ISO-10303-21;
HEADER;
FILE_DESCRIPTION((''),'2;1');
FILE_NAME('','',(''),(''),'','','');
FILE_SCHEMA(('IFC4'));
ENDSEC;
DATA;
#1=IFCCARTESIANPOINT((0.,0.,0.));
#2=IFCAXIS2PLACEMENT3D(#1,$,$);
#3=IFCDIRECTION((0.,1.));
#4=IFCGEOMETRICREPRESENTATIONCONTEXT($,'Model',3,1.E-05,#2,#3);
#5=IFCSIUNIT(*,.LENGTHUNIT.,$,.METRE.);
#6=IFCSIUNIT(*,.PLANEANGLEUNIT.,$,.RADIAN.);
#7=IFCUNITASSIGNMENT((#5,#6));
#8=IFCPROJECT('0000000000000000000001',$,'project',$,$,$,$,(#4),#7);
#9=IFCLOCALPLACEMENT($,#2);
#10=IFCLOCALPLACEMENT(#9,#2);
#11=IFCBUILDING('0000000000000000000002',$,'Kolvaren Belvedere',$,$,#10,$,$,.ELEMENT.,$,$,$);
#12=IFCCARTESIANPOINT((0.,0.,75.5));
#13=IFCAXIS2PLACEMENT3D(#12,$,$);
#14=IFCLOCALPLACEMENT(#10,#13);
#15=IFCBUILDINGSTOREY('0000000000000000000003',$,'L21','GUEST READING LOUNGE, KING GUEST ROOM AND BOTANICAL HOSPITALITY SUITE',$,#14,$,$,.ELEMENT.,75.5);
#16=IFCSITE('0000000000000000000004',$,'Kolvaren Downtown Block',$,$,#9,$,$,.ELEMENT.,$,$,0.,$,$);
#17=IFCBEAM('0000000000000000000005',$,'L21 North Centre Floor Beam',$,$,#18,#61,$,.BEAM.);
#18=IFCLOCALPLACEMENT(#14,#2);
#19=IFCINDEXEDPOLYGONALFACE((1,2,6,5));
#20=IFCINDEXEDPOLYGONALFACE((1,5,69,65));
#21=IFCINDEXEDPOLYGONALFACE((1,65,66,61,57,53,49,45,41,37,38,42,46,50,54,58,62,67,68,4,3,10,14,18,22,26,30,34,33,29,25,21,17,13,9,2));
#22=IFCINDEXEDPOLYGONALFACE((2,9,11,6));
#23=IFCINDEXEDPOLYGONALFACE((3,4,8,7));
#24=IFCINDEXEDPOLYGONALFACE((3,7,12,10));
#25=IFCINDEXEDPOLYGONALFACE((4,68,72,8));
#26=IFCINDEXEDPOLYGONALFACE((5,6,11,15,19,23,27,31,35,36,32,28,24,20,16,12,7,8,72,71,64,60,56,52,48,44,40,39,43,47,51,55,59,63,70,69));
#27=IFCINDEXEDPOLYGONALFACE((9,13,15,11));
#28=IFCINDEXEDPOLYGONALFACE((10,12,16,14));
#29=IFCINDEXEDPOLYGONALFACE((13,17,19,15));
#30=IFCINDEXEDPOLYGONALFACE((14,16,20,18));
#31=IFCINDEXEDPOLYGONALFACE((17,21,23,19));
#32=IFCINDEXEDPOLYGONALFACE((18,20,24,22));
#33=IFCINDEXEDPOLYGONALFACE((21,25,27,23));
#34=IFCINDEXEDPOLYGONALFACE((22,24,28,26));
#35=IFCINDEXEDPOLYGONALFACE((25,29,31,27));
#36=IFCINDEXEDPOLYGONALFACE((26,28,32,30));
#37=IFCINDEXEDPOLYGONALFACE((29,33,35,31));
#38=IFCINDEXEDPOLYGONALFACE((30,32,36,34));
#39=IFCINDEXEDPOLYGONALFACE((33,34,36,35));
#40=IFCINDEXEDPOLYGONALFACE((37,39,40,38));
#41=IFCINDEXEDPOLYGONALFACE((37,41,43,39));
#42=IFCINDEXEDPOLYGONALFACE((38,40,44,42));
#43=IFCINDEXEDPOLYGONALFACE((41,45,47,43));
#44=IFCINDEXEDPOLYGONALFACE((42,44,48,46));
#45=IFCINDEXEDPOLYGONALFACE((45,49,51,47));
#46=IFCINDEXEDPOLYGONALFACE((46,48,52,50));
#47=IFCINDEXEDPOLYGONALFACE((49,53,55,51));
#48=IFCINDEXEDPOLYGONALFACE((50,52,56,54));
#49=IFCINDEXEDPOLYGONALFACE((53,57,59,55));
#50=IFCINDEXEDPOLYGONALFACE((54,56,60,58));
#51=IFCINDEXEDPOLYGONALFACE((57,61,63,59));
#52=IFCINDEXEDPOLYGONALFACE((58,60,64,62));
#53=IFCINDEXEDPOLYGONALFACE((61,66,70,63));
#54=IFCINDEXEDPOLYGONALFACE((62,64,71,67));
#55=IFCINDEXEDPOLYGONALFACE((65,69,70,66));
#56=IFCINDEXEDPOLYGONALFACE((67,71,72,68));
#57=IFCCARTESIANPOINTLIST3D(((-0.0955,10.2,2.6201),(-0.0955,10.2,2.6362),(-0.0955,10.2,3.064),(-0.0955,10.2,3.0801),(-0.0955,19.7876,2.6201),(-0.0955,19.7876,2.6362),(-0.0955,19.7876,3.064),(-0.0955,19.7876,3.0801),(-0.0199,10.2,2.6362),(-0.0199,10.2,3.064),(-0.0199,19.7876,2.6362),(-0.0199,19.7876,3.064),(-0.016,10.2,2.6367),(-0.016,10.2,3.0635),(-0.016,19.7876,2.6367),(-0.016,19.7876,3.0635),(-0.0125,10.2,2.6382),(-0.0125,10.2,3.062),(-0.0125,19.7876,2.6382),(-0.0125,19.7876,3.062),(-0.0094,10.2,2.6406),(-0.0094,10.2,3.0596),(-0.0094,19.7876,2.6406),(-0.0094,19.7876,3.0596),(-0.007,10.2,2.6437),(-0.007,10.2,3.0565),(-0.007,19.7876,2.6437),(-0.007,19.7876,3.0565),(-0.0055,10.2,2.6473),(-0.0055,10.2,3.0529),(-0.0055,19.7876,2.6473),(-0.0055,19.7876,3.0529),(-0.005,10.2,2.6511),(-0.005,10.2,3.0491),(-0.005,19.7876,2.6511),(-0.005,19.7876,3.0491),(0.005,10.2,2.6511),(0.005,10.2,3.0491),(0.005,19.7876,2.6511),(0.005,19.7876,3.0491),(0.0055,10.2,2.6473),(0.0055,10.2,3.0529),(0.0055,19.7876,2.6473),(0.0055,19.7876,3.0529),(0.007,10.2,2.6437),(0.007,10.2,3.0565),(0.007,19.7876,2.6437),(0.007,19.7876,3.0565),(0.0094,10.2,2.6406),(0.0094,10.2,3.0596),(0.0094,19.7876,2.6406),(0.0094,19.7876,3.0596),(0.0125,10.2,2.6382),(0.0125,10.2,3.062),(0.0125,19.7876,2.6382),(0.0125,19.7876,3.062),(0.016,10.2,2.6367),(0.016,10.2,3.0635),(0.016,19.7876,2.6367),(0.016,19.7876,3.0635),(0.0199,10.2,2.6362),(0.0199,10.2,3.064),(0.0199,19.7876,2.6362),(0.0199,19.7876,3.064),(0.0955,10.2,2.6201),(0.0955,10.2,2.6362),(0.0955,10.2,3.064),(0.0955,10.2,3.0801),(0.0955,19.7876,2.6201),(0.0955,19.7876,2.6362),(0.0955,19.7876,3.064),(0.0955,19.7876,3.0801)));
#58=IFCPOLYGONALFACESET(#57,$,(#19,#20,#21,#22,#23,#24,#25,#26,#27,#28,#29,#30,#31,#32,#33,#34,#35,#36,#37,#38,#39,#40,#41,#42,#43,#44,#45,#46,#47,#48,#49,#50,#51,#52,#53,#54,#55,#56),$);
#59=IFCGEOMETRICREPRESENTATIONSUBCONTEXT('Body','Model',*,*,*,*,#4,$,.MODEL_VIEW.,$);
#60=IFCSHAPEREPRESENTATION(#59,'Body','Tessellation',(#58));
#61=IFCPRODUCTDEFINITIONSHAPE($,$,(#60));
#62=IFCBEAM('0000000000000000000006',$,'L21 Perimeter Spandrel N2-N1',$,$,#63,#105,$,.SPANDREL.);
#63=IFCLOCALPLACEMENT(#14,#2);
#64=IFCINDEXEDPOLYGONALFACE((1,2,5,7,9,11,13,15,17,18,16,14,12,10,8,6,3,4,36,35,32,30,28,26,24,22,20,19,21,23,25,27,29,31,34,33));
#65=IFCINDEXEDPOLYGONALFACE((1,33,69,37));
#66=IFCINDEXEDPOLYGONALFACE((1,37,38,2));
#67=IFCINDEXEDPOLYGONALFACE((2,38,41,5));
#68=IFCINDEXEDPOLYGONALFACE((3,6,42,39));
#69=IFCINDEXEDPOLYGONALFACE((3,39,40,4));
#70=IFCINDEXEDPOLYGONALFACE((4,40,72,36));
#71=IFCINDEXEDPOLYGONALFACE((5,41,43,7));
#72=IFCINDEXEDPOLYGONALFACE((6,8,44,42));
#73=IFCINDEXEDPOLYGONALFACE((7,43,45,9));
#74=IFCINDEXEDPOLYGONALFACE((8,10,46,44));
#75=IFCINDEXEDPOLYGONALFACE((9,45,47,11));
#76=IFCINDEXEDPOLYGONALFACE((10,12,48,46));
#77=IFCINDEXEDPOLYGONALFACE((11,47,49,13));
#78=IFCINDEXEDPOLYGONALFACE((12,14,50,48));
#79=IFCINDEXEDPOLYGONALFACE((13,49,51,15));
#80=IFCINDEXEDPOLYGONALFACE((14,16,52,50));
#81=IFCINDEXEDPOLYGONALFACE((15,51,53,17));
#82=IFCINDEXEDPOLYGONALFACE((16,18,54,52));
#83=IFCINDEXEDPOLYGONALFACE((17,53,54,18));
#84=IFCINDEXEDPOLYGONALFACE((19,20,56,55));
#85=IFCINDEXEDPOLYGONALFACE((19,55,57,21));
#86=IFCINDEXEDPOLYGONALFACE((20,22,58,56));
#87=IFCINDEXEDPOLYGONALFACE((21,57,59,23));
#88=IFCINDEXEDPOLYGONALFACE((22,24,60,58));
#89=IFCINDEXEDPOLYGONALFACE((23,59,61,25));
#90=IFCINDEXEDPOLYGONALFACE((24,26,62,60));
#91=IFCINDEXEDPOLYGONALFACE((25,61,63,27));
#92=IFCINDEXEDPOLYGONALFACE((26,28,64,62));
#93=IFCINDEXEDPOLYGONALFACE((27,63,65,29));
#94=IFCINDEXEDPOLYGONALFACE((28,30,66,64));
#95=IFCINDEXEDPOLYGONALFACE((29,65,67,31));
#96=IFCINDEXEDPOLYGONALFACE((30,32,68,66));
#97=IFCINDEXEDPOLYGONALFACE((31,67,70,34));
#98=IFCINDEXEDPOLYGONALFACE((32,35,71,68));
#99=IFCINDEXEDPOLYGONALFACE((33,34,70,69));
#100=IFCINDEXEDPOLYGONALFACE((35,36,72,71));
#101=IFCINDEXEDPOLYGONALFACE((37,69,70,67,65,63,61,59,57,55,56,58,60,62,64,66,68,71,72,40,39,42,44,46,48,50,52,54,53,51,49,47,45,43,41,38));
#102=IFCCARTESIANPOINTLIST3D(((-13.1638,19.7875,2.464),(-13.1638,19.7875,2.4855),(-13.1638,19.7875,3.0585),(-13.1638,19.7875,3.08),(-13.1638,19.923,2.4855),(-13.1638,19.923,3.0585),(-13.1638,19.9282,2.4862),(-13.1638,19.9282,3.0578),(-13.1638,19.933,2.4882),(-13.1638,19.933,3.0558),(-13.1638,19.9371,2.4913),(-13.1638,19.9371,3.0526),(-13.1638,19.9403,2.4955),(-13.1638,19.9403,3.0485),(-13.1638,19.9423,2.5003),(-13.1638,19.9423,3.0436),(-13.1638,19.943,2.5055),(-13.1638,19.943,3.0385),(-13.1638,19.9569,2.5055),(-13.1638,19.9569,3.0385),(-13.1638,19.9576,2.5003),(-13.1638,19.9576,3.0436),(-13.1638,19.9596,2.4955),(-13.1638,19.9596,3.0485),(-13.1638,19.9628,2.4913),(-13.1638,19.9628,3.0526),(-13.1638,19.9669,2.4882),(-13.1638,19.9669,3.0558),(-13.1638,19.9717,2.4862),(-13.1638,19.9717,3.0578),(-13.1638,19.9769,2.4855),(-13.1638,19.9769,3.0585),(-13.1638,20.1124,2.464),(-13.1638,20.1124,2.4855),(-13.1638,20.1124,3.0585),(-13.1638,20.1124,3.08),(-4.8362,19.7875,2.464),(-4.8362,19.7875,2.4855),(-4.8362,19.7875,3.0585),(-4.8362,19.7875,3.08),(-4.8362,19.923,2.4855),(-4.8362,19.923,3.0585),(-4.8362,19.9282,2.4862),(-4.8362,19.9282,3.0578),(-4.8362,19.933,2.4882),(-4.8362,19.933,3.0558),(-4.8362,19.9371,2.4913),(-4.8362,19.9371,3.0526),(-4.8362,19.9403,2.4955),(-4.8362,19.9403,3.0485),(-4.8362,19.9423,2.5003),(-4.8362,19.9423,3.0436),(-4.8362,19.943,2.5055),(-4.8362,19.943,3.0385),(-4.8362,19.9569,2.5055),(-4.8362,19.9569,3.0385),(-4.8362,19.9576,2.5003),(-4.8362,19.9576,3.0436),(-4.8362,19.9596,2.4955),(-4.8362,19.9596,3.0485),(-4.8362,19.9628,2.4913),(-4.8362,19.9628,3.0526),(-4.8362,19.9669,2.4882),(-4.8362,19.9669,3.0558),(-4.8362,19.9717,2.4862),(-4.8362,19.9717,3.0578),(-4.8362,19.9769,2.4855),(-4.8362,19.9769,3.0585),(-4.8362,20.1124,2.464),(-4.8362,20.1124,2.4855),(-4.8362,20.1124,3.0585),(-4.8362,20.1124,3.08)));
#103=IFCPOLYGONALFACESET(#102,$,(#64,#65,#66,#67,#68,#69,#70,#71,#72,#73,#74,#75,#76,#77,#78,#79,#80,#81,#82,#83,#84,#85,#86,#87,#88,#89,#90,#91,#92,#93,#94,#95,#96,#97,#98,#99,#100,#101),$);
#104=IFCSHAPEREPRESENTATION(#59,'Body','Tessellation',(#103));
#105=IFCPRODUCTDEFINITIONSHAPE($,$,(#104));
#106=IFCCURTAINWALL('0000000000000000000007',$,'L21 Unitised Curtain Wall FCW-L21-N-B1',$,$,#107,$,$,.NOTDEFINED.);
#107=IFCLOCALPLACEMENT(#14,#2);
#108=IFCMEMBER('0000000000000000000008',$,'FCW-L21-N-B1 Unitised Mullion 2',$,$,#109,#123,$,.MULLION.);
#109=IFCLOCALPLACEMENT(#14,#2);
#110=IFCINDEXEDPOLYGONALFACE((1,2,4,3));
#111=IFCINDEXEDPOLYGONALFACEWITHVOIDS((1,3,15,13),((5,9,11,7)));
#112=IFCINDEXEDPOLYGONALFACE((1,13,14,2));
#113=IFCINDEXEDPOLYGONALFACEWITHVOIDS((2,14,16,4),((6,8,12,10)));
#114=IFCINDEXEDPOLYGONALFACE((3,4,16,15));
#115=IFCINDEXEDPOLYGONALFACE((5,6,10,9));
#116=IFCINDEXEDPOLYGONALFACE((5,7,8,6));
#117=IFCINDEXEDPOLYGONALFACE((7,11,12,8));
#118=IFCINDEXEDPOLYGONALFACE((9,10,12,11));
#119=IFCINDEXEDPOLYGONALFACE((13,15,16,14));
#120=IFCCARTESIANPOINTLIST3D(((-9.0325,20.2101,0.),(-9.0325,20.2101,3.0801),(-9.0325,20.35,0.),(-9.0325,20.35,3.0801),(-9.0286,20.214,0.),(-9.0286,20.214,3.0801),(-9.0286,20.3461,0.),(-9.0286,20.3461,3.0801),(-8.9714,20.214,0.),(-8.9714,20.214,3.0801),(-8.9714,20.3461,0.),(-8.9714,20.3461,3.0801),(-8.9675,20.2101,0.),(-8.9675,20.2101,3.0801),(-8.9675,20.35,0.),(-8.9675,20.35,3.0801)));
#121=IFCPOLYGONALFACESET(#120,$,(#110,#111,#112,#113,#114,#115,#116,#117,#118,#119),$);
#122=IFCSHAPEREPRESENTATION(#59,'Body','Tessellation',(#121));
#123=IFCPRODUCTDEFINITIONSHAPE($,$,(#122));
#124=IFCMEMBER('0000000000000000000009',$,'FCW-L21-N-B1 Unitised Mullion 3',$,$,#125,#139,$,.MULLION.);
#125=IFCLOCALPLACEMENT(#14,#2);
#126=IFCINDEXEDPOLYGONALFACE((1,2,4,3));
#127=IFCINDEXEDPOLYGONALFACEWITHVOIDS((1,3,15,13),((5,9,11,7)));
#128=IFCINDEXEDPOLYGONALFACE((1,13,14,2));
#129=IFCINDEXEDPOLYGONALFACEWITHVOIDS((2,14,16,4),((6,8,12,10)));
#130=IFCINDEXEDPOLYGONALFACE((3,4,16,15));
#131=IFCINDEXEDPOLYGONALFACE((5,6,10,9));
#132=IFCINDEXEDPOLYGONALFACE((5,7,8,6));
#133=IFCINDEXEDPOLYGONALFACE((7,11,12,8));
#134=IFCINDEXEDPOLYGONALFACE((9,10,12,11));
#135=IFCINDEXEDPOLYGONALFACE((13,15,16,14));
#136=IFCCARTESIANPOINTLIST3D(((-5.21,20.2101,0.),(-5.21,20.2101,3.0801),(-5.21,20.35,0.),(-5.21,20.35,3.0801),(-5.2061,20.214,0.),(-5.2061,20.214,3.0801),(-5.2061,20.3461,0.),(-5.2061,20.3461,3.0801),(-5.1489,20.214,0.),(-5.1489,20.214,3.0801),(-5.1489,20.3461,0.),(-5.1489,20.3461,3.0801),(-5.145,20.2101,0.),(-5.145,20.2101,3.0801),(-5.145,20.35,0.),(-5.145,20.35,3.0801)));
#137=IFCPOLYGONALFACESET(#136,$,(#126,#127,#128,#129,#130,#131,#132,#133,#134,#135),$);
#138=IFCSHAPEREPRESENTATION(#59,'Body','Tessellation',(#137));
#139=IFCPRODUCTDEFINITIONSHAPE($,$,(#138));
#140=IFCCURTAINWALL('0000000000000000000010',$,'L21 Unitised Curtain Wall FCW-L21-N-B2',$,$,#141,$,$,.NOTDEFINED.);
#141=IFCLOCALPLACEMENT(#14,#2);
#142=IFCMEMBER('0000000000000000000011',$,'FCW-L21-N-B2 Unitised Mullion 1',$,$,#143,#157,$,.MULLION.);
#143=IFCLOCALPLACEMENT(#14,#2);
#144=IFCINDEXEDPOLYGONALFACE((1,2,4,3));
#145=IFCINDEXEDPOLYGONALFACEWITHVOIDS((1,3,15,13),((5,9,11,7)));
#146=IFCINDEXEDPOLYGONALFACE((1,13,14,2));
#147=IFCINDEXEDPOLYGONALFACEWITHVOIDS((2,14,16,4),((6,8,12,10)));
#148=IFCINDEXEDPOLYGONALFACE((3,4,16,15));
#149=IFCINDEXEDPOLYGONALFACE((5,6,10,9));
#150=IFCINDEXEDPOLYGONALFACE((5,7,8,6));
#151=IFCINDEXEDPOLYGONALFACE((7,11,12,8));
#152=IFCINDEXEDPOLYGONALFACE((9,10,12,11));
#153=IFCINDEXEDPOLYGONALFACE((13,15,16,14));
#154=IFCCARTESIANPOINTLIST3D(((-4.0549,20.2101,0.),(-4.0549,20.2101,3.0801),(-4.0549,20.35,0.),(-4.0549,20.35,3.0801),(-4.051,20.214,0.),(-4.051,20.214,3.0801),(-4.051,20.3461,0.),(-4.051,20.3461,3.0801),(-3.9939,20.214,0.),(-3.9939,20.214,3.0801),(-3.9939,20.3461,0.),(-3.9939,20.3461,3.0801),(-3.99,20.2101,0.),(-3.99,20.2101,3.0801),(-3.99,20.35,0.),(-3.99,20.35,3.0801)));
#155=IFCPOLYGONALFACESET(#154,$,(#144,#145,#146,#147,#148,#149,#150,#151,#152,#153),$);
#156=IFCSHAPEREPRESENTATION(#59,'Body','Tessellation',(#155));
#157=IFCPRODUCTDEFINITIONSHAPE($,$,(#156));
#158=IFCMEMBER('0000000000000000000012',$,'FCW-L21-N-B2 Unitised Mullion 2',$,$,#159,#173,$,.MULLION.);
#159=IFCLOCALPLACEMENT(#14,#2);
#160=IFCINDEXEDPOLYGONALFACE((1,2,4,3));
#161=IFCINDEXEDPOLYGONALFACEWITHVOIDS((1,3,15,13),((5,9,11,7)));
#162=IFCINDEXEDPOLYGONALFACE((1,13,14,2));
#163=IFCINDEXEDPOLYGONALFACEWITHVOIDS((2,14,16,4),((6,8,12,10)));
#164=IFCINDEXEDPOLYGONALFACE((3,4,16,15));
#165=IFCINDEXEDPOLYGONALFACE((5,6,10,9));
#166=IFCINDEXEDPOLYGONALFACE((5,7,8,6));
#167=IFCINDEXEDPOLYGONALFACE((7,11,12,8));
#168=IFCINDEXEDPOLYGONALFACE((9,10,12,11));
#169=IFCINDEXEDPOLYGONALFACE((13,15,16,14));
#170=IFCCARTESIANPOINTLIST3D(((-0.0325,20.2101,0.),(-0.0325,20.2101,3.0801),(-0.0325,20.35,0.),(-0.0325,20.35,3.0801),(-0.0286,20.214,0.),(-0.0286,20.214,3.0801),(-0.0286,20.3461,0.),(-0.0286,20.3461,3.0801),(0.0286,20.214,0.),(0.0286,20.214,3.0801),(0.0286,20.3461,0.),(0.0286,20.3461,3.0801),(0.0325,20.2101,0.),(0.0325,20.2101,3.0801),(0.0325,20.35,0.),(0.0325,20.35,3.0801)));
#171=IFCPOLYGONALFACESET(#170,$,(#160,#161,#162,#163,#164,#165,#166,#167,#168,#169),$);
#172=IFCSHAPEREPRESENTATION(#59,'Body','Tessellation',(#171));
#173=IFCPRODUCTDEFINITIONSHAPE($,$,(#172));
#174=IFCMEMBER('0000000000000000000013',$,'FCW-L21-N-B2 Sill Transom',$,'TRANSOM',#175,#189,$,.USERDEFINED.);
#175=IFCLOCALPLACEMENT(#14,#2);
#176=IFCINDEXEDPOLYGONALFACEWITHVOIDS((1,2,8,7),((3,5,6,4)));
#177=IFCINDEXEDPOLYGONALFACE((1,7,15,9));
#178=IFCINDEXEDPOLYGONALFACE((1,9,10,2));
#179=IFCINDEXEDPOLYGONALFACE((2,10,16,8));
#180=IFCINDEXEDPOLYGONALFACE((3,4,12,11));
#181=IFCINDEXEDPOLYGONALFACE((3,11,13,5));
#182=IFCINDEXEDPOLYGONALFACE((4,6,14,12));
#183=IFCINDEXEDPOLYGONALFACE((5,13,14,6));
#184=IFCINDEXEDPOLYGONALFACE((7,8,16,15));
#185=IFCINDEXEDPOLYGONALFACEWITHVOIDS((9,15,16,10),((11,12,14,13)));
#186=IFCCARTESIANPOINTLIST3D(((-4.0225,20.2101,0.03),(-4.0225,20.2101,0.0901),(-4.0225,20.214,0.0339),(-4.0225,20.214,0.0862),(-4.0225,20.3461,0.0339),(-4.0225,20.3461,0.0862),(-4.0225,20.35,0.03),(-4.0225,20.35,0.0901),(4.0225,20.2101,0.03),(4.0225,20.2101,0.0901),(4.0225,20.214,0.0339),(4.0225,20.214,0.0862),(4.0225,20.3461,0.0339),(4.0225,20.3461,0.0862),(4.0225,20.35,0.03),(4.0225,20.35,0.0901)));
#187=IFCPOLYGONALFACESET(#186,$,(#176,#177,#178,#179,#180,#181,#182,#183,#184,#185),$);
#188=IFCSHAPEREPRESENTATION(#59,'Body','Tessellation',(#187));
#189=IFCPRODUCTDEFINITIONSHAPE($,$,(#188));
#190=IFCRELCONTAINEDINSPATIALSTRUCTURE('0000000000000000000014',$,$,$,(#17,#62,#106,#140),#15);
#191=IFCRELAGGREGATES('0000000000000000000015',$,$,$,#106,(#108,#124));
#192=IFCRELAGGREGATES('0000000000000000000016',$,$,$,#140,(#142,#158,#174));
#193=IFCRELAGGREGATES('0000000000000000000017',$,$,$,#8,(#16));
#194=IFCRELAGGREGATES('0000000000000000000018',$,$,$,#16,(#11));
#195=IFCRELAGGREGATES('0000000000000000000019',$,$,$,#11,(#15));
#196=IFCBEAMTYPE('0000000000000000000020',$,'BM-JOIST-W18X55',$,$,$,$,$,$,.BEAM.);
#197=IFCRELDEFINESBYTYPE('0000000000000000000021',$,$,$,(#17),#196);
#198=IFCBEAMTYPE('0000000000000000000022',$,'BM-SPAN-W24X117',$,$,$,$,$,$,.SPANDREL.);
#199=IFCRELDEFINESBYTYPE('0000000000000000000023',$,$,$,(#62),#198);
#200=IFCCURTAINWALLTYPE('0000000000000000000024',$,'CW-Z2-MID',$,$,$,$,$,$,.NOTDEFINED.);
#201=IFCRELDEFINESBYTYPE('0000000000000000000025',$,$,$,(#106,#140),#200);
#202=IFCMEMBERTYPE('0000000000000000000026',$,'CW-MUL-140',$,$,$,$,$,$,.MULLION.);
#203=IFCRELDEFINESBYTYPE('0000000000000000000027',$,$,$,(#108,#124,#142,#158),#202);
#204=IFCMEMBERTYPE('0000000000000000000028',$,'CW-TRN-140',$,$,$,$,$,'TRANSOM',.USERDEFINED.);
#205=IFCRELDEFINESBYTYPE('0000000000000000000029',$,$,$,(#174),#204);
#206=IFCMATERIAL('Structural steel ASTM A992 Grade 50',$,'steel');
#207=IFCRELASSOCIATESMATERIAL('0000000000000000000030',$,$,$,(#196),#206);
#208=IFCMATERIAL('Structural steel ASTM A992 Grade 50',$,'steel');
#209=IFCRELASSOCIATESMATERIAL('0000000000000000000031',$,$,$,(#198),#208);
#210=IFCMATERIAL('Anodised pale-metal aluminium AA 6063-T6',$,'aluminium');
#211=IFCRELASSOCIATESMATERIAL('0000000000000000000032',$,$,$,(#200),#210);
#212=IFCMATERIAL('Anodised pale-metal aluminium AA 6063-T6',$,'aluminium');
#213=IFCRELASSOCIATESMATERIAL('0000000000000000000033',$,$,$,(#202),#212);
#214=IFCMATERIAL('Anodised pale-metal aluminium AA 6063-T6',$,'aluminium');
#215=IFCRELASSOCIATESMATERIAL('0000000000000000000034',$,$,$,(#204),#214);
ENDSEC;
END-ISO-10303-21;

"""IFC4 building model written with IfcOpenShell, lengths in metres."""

from ifc_helpers import new_model, si_unit, direction, frame, origin, origin_2d, place, context, subcontext, project, spatial, hollow_rectangle, i_section, extrude, material, material_profile, profile_set, type_object, element, aggregate, save


model = new_model("IFC4")

# Units and contexts
model_context = context("Model", 3, precision=1e-05, world=origin(), true_north=direction((0.0, 1.0)))
body_context = subcontext(model_context, "Body", "Model", "MODEL_VIEW")
ifc_project = project(units=[si_unit("LENGTHUNIT", "METRE"), si_unit("PLANEANGLEUNIT", "RADIAN")], contexts=[model_context])

# Site, building, storey
site_placement = place(None, origin())
site = spatial("IfcSite", under=ifc_project, at=site_placement, Name="Kolvaren Downtown Block", CompositionType="ELEMENT", RefElevation=0.0)
building_placement = place(site_placement, origin())
building = spatial("IfcBuilding", under=site, at=building_placement, Name="Kolvaren Belvedere", CompositionType="ELEMENT")
storey_placement = place(building_placement, frame((0.0, 0.0, 75.5)))
storey = spatial("IfcBuildingStorey", under=building, at=storey_placement, Name="L21", Description="GUEST READING LOUNGE, KING GUEST ROOM AND BOTANICAL HOSPITALITY SUITE", CompositionType="ELEMENT", Elevation=75.5)

# Beams
ifc_material_1 = material(Name="Structural steel ASTM A992 Grade 50", Category="steel")
ifc_material_profile_1 = material_profile(ifc_material_1, i_section(OverallWidth=0.1909, OverallDepth=0.46, WebThickness=0.01, FlangeThickness=0.0161, FilletRadius=0.0149, at=origin_2d()), Name="W18X55")
ifc_profile_set_1 = profile_set([ifc_material_profile_1], Name="Structural steel ASTM A992 Grade 50")
beam_type_1 = type_object("IfcBeamType", Name="BM-JOIST-W18X55", PredefinedType="BEAM", material=ifc_profile_set_1)
beam_1_placement = place(storey_placement, frame((0.0, 10.2, 2.8501), z_axis=(0.0, 1.0, 0.0), x_axis=(-1.0, 0.0, 0.0)))
element("IfcBeam", 1, at=beam_1_placement, inside=storey, type_object=beam_type_1, Name="L21 North Centre Floor Beam", PredefinedType="BEAM", context=body_context, shape_type="SweptSolid", body=[
    extrude(i_section(OverallWidth=0.1909, OverallDepth=0.46, WebThickness=0.01, FlangeThickness=0.0161, FilletRadius=0.0149, at=origin_2d()), origin(), (0.0, 0.0, 1.0), 9.5876),
])
ifc_material_2 = material(Name="Structural steel ASTM A992 Grade 50", Category="steel")
ifc_material_profile_2 = material_profile(ifc_material_2, i_section(OverallWidth=0.325, OverallDepth=0.616, WebThickness=0.0139, FlangeThickness=0.0215, FilletRadius=0.02, at=origin_2d()), Name="W24X117")
ifc_profile_set_2 = profile_set([ifc_material_profile_2], Name="Structural steel ASTM A992 Grade 50")
beam_type_2 = type_object("IfcBeamType", Name="BM-SPAN-W24X117", PredefinedType="SPANDREL", material=ifc_profile_set_2)
beam_2_placement = place(storey_placement, frame((-4.8362, 19.95, 2.772), z_axis=(-1.0, 0.0, 0.0), x_axis=(0.0, -1.0, 0.0)))
element("IfcBeam", 2, at=beam_2_placement, inside=storey, type_object=beam_type_2, Name="L21 Perimeter Spandrel N2-N1", PredefinedType="SPANDREL", context=body_context, shape_type="SweptSolid", body=[
    extrude(i_section(OverallWidth=0.325, OverallDepth=0.616, WebThickness=0.0139, FlangeThickness=0.0215, FilletRadius=0.02, at=origin_2d()), origin(), (0.0, 0.0, 1.0), 8.3276),
])

# Curtain walls, members
ifc_material_3 = material(Name="Anodised pale-metal aluminium AA 6063-T6", Category="aluminium")
curtain_wall_type = type_object("IfcCurtainWallType", Name="CW-Z2-MID", PredefinedType="NOTDEFINED", material=ifc_material_3)
curtain_wall_1_placement = place(storey_placement, origin())
curtain_wall_1 = element("IfcCurtainWall", 3, at=curtain_wall_1_placement, inside=storey, type_object=curtain_wall_type, Name="L21 Unitised Curtain Wall FCW-L21-N-B1", PredefinedType="NOTDEFINED")
ifc_material_4 = material(Name="Anodised pale-metal aluminium AA 6063-T6", Category="aluminium")
ifc_material_profile_3 = material_profile(ifc_material_4, hollow_rectangle(XDim=0.0649, YDim=0.1399, WallThickness=0.0039, at=origin_2d()), Name="ALU-MUL-140X65")
ifc_profile_set_3 = profile_set([ifc_material_profile_3], Name="Anodised pale-metal aluminium AA 6063-T6")
member_type_1 = type_object("IfcMemberType", Name="CW-MUL-140", PredefinedType="MULLION", material=ifc_profile_set_3)
member_1_placement = place(storey_placement, frame((-9.0, 20.28, 0.0), z_axis=(0.0, 0.0, 1.0), x_axis=(1.0, 0.0, 0.0)))
member_1 = element("IfcMember", 4, at=member_1_placement, type_object=member_type_1, Name="FCW-L21-N-B1 Unitised Mullion 2", PredefinedType="MULLION", context=body_context, shape_type="SweptSolid", body=[
    extrude(hollow_rectangle(XDim=0.0649, YDim=0.1399, WallThickness=0.0039, at=origin_2d()), origin(), (0.0, 0.0, 1.0), 3.0801),
])
member_2_placement = place(storey_placement, frame((-5.1775, 20.28, 0.0), z_axis=(0.0, 0.0, 1.0), x_axis=(1.0, 0.0, 0.0)))
member_2 = element("IfcMember", 5, at=member_2_placement, type_object=member_type_1, Name="FCW-L21-N-B1 Unitised Mullion 3", PredefinedType="MULLION", context=body_context, shape_type="SweptSolid", body=[
    extrude(hollow_rectangle(XDim=0.0649, YDim=0.1399, WallThickness=0.0039, at=origin_2d()), origin(), (0.0, 0.0, 1.0), 3.0801),
])
curtain_wall_2_placement = place(storey_placement, origin())
curtain_wall_2 = element("IfcCurtainWall", 6, at=curtain_wall_2_placement, inside=storey, type_object=curtain_wall_type, Name="L21 Unitised Curtain Wall FCW-L21-N-B2", PredefinedType="NOTDEFINED")
member_3_placement = place(storey_placement, frame((-4.0225, 20.28, 0.0), z_axis=(0.0, 0.0, 1.0), x_axis=(1.0, 0.0, 0.0)))
member_3 = element("IfcMember", 7, at=member_3_placement, type_object=member_type_1, Name="FCW-L21-N-B2 Unitised Mullion 1", PredefinedType="MULLION", context=body_context, shape_type="SweptSolid", body=[
    extrude(hollow_rectangle(XDim=0.0649, YDim=0.1399, WallThickness=0.0039, at=origin_2d()), origin(), (0.0, 0.0, 1.0), 3.0801),
])
member_4_placement = place(storey_placement, frame((0.0, 20.28, 0.0), z_axis=(0.0, 0.0, 1.0), x_axis=(1.0, 0.0, 0.0)))
member_4 = element("IfcMember", 8, at=member_4_placement, type_object=member_type_1, Name="FCW-L21-N-B2 Unitised Mullion 2", PredefinedType="MULLION", context=body_context, shape_type="SweptSolid", body=[
    extrude(hollow_rectangle(XDim=0.0649, YDim=0.1399, WallThickness=0.0039, at=origin_2d()), origin(), (0.0, 0.0, 1.0), 3.0801),
])
ifc_material_5 = material(Name="Anodised pale-metal aluminium AA 6063-T6", Category="aluminium")
ifc_material_profile_4 = material_profile(ifc_material_5, hollow_rectangle(XDim=0.0601, YDim=0.1399, WallThickness=0.0039, at=origin_2d()), Name="ALU-TRN-140X60")
ifc_profile_set_4 = profile_set([ifc_material_profile_4], Name="Anodised pale-metal aluminium AA 6063-T6")
member_type_2 = type_object("IfcMemberType", Name="CW-TRN-140", ElementType="TRANSOM", PredefinedType="USERDEFINED", material=ifc_profile_set_4)
member_5_placement = place(storey_placement, frame((-4.0225, 20.28, 0.0601), z_axis=(1.0, 0.0, 0.0), x_axis=(0.0, 0.0, 1.0)))
member_5 = element("IfcMember", 9, at=member_5_placement, type_object=member_type_2, Name="FCW-L21-N-B2 Sill Transom", ObjectType="TRANSOM", PredefinedType="USERDEFINED", context=body_context, shape_type="SweptSolid", body=[
    extrude(hollow_rectangle(XDim=0.0601, YDim=0.1399, WallThickness=0.0039, at=origin_2d()), origin(), (0.0, 0.0, 1.0), 8.0449),
])

aggregate(curtain_wall_1, [member_1, member_2])
aggregate(curtain_wall_2, [member_3, member_4, member_5])

save(model, "model.ifc")
